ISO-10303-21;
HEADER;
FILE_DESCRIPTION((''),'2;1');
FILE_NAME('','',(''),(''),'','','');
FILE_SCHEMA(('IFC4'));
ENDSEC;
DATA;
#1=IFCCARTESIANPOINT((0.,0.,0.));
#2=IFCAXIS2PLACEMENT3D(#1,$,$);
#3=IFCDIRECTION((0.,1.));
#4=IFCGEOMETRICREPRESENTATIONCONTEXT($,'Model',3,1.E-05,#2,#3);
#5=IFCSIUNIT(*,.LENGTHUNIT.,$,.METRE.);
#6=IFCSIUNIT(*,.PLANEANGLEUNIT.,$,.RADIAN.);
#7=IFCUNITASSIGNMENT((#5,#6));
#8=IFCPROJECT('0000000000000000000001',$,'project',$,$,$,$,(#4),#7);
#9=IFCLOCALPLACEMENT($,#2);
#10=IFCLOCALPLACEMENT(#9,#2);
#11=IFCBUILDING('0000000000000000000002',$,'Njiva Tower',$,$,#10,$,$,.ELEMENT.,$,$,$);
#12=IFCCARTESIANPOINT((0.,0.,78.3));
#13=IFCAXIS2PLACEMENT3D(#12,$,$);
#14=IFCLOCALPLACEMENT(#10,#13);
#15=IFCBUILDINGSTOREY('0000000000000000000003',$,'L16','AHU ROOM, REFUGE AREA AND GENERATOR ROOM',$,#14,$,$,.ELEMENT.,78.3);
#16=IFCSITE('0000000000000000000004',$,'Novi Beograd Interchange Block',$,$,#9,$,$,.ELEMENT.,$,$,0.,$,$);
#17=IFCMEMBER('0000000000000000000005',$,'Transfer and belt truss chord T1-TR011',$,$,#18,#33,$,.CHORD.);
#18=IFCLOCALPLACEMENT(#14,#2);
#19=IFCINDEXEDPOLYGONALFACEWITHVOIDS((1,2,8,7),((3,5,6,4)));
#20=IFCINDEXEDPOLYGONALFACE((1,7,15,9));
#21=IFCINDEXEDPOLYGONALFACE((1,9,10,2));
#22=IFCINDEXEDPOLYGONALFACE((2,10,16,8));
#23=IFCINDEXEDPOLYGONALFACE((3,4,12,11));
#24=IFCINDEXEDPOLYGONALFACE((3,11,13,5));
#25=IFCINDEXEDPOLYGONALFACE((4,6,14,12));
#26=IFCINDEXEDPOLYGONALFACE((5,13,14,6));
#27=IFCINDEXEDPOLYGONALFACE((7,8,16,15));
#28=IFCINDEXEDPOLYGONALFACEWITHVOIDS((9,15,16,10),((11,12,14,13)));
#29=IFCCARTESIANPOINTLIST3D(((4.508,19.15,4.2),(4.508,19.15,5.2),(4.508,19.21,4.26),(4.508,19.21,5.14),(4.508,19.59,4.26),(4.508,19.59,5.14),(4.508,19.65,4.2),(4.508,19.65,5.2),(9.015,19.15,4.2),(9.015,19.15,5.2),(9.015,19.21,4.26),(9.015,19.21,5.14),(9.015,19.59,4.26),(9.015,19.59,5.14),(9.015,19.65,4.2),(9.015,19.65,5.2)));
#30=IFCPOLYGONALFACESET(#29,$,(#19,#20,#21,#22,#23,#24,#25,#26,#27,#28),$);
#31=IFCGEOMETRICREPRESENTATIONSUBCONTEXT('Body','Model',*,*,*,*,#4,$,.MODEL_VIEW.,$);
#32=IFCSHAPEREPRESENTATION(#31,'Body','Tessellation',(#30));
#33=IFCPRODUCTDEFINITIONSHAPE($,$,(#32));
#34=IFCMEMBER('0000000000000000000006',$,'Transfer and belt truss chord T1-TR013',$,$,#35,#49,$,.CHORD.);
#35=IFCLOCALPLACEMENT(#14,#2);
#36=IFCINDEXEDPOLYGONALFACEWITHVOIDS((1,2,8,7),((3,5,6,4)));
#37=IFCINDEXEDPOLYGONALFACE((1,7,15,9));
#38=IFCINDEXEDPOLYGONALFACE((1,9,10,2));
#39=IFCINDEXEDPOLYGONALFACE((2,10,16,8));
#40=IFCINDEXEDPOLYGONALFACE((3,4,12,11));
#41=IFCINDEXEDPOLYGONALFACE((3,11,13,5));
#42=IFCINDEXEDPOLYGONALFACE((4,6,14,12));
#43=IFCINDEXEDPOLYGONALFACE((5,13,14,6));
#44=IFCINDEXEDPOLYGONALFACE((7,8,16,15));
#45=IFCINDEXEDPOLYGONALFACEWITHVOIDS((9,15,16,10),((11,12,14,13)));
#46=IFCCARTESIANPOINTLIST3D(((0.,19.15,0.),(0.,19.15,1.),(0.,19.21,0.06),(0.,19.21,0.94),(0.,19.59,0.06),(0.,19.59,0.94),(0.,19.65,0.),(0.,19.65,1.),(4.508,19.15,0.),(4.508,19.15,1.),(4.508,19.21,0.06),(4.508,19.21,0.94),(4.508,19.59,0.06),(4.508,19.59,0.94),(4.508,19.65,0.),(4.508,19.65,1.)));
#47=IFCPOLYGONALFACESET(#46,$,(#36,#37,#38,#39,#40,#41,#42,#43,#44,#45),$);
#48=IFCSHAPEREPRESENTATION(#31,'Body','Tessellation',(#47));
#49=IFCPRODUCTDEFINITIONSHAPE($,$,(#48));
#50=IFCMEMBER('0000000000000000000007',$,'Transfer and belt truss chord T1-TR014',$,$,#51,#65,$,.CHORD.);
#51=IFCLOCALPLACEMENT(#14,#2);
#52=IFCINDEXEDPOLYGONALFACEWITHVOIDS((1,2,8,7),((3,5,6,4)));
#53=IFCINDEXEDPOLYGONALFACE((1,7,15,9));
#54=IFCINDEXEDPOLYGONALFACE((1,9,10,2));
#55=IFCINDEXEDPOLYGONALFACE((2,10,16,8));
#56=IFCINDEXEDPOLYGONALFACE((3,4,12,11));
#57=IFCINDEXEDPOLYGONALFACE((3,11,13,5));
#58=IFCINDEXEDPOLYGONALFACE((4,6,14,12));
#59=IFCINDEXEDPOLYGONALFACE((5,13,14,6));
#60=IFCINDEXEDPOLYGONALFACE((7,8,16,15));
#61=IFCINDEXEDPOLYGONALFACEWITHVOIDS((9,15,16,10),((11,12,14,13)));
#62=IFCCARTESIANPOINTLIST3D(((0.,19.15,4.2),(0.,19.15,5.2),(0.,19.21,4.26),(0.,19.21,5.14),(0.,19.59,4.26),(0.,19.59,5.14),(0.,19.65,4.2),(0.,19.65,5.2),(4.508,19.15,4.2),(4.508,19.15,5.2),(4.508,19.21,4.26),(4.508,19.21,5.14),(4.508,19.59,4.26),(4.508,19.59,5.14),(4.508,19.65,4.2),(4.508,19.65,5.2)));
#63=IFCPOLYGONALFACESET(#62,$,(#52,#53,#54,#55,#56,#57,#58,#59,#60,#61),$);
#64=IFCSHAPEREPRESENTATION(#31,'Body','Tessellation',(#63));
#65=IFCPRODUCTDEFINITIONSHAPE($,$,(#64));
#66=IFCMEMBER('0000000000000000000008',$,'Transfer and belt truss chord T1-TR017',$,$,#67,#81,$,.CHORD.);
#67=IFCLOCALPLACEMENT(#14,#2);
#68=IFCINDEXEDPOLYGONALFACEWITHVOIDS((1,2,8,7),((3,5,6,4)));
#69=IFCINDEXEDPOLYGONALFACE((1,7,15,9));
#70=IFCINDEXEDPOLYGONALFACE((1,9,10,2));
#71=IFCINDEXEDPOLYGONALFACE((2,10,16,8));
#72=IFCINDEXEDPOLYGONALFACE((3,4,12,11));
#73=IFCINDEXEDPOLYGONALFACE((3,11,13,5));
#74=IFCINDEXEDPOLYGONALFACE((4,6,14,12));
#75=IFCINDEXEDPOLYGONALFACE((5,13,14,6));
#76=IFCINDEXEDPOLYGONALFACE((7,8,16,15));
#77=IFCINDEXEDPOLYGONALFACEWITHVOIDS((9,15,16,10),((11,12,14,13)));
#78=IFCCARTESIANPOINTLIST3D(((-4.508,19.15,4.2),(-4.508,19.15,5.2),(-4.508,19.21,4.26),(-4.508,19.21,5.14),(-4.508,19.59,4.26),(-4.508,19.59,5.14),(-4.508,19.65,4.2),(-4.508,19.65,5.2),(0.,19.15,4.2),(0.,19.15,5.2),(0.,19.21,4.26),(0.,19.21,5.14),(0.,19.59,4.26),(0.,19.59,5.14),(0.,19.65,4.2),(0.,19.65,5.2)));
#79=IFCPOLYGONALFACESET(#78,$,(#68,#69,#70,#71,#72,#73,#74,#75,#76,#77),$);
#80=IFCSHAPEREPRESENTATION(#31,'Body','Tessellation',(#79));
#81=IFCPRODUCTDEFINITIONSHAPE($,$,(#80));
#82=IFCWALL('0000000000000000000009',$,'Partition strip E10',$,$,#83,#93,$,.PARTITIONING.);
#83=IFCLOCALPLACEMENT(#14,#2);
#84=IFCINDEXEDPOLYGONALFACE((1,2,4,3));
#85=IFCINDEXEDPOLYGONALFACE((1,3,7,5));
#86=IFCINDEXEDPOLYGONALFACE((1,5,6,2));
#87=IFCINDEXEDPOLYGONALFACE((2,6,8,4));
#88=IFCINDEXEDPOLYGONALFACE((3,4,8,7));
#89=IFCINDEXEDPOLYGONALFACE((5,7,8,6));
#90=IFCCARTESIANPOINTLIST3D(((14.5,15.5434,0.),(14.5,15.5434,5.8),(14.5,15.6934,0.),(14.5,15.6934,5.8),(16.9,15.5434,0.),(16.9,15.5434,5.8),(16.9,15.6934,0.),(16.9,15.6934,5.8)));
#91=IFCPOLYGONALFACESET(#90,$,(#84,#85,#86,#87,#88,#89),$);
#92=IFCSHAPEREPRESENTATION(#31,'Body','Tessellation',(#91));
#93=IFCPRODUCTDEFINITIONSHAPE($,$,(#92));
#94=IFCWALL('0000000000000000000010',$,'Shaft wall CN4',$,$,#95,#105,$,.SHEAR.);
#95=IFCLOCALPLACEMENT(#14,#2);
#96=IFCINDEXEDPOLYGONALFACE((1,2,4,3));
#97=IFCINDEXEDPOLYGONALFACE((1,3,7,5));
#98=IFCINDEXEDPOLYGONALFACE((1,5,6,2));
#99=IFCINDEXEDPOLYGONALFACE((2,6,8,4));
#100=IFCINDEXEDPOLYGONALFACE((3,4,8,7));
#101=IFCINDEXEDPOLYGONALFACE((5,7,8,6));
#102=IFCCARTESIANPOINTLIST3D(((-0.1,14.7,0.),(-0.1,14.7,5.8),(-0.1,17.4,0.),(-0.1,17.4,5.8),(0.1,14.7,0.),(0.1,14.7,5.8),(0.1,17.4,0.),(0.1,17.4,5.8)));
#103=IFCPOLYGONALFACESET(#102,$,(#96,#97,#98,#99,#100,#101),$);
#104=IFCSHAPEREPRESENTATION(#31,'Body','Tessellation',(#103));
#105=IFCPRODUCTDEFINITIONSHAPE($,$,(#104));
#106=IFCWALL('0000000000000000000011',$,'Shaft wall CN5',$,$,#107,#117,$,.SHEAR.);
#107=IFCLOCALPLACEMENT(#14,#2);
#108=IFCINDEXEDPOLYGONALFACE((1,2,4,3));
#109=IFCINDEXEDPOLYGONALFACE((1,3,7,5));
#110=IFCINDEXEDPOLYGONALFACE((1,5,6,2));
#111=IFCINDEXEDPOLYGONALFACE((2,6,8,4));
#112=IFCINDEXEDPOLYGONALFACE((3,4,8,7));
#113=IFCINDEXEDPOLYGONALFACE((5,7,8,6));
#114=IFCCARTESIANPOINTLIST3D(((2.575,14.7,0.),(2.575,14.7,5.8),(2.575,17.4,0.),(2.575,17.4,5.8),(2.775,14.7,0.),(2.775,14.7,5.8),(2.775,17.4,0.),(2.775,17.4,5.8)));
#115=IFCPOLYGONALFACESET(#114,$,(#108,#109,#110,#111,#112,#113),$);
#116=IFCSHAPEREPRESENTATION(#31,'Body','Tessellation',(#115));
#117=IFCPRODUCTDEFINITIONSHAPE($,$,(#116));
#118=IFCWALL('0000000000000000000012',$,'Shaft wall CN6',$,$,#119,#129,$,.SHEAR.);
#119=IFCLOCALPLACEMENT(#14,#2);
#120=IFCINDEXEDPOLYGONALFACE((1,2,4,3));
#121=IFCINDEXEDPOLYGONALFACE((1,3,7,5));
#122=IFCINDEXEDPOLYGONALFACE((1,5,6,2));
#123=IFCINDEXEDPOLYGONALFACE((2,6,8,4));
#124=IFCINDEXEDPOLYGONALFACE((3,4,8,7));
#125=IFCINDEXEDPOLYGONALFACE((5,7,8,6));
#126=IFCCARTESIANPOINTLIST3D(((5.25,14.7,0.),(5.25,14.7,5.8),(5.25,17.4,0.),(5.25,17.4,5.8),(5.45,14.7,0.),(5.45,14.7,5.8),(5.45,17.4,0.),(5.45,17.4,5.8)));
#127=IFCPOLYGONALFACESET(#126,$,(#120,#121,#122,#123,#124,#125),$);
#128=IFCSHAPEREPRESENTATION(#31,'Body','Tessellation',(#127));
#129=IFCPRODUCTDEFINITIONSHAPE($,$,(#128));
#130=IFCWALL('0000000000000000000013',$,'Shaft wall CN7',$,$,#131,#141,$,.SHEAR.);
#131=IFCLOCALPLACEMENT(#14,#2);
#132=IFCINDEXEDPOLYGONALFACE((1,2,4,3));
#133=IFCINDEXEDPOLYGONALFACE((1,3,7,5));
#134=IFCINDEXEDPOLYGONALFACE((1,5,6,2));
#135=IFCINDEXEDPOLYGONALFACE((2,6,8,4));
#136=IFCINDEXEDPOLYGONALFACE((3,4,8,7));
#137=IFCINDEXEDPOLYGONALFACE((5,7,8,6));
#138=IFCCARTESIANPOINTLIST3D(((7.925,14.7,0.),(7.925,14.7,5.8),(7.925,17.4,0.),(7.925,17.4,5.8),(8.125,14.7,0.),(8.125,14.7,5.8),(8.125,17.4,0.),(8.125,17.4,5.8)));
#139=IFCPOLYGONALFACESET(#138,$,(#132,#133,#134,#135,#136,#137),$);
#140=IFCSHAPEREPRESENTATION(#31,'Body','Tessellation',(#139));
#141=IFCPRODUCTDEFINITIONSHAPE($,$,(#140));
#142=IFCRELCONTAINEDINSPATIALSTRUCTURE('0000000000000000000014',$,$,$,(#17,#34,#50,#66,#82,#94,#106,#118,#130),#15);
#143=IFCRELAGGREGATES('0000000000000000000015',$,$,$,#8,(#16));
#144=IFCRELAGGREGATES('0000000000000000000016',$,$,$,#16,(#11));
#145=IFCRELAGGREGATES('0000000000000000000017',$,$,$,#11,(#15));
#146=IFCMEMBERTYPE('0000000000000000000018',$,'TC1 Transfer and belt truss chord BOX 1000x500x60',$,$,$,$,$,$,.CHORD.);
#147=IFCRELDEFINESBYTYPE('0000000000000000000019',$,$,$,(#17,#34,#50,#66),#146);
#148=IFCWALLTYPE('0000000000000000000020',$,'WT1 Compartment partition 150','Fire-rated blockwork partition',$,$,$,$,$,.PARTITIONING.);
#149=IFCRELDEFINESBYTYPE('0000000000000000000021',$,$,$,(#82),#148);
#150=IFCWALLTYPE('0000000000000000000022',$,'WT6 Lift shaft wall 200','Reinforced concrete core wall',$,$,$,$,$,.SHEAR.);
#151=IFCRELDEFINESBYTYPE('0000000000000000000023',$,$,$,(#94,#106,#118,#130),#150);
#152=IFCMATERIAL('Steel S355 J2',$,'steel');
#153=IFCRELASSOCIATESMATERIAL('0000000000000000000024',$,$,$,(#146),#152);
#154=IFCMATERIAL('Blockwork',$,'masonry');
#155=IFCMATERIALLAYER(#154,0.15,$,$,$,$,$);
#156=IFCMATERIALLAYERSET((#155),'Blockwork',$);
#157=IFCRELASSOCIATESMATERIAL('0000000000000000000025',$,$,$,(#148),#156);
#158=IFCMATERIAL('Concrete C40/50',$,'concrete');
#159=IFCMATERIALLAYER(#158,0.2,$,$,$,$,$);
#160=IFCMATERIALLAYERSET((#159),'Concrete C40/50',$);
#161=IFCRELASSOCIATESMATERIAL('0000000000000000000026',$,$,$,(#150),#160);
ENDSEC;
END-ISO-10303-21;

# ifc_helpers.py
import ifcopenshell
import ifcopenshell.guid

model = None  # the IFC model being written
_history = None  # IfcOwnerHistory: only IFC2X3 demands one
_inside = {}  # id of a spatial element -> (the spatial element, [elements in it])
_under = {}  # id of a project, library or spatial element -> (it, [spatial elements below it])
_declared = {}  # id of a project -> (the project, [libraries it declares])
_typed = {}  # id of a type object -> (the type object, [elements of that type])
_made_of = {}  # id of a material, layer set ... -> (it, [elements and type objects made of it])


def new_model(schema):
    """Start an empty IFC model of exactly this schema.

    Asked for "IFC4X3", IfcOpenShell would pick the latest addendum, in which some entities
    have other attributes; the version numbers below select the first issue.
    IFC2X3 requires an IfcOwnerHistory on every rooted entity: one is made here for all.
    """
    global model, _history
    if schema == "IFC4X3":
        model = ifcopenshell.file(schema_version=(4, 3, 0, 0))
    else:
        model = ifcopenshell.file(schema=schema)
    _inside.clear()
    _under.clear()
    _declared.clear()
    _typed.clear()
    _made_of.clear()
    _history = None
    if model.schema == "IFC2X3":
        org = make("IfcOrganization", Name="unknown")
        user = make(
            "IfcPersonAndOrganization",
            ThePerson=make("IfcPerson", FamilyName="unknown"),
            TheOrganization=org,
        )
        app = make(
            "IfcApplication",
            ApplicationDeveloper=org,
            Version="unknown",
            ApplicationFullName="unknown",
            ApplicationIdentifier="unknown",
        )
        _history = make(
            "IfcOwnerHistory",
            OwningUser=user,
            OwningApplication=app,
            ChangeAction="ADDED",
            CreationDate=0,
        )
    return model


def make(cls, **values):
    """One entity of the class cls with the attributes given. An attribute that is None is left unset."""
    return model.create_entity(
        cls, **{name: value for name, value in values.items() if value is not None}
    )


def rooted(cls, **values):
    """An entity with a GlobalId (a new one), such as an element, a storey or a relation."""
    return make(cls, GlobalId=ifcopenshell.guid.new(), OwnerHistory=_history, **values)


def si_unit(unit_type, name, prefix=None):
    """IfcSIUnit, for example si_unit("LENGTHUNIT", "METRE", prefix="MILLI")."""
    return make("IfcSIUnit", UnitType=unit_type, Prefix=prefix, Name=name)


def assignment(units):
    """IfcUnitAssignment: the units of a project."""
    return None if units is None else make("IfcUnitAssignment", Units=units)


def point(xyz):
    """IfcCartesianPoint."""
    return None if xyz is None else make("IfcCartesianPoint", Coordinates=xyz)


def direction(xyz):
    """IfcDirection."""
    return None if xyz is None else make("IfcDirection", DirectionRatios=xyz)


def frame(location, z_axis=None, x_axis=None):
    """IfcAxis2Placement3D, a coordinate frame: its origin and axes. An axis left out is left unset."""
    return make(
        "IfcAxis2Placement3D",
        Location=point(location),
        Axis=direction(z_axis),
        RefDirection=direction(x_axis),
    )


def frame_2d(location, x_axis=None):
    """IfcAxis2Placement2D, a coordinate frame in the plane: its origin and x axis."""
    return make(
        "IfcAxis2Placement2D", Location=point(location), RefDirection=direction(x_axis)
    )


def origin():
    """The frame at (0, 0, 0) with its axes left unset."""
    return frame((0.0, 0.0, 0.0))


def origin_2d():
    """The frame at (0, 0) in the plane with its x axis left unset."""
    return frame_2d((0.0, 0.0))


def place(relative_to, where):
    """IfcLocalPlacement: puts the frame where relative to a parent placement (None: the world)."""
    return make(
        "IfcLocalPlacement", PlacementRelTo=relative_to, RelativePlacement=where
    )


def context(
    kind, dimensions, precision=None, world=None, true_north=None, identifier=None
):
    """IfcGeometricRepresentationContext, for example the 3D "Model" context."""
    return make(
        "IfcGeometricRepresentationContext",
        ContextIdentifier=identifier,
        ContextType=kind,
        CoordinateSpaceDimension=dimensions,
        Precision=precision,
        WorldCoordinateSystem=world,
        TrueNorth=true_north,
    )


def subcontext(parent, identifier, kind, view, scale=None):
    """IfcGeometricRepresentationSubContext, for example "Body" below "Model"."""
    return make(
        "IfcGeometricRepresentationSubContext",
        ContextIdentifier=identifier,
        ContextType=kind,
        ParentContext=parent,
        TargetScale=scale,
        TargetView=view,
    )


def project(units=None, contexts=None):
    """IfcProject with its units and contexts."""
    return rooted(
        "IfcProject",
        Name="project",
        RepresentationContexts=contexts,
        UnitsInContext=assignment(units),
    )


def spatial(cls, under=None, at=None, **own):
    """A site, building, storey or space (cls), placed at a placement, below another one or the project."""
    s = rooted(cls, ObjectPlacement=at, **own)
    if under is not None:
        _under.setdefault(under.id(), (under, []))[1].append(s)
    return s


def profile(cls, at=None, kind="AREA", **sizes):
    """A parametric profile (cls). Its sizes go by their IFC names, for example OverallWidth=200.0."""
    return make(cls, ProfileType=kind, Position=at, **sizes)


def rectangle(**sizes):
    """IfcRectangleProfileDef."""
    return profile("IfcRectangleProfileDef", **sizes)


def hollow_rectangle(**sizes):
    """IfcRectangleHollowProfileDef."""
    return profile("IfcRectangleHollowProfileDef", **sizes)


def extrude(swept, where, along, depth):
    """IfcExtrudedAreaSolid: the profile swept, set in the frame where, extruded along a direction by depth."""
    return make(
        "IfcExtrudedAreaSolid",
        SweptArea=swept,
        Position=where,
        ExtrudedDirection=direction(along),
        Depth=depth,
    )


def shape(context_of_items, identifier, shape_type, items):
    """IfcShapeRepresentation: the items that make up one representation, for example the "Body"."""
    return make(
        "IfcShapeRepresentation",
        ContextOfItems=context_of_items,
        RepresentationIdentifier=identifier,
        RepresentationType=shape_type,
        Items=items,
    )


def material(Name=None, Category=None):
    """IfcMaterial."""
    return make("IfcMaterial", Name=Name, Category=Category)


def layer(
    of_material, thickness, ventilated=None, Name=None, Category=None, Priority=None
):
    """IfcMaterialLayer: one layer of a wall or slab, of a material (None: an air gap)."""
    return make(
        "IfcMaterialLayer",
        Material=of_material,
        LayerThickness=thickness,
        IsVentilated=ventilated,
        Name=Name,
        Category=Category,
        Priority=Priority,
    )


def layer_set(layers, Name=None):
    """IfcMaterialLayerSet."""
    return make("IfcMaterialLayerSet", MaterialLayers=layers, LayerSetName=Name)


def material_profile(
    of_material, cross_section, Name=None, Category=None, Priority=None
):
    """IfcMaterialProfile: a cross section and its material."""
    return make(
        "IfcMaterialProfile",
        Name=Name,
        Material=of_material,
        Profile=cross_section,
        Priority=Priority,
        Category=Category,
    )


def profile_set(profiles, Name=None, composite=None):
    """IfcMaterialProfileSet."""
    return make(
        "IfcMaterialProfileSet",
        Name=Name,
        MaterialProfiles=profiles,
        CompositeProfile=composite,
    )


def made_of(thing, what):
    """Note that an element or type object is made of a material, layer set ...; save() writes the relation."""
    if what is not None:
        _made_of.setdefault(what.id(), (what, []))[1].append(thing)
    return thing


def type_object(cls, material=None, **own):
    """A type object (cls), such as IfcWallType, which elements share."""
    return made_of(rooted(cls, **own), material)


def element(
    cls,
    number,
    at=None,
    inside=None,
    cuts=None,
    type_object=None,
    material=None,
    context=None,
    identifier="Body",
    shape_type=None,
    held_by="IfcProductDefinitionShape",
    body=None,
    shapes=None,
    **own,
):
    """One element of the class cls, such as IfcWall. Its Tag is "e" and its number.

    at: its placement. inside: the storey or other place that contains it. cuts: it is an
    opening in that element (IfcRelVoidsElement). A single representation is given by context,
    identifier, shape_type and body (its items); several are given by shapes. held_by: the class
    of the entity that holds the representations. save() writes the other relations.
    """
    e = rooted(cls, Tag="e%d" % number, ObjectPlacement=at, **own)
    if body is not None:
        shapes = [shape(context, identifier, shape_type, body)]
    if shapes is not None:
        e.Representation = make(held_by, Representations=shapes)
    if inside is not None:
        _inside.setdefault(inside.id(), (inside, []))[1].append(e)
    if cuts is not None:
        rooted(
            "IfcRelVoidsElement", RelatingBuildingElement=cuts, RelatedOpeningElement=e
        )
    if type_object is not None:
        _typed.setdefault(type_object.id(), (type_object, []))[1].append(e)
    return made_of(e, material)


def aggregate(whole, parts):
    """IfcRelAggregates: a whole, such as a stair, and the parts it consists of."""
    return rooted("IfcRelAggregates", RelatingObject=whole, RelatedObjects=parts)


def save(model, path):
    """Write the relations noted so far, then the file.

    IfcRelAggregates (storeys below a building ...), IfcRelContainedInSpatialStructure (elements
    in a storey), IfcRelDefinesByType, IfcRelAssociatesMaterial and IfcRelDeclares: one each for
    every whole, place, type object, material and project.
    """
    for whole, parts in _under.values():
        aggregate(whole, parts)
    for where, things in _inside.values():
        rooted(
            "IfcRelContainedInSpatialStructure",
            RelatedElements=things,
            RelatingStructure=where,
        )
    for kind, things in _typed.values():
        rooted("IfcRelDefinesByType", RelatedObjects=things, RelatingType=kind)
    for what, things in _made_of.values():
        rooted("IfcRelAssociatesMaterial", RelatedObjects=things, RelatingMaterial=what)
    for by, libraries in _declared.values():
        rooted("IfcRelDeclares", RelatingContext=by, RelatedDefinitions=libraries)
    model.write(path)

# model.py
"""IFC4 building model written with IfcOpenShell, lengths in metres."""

from ifc_helpers import new_model, si_unit, direction, frame, frame_2d, origin, origin_2d, place, context, subcontext, project, spatial, rectangle, hollow_rectangle, extrude, material, layer, layer_set, material_profile, profile_set, type_object, element, save


model = new_model("IFC4")

# Units and contexts
model_context = context("Model", 3, precision=1e-05, world=origin(), true_north=direction((0.0, 1.0)))
body_context = subcontext(model_context, "Body", "Model", "MODEL_VIEW")
ifc_project = project(units=[si_unit("LENGTHUNIT", "METRE"), si_unit("PLANEANGLEUNIT", "RADIAN")], contexts=[model_context])

# Site, building, storey
site_placement = place(None, origin())
site = spatial("IfcSite", under=ifc_project, at=site_placement, Name="Novi Beograd Interchange Block", CompositionType="ELEMENT", RefElevation=0.0)
building_placement = place(site_placement, origin())
building = spatial("IfcBuilding", under=site, at=building_placement, Name="Njiva Tower", CompositionType="ELEMENT")
storey_placement = place(building_placement, frame((0.0, 0.0, 78.3)))
storey = spatial("IfcBuildingStorey", under=building, at=storey_placement, Name="L16", Description="AHU ROOM, REFUGE AREA AND GENERATOR ROOM", CompositionType="ELEMENT", Elevation=78.3)

# Shared definitions
ifc_material_1 = material(Name="Steel S355 J2", Category="steel")

# Members
ifc_material_profile_1 = material_profile(ifc_material_1, hollow_rectangle(XDim=0.5, YDim=1.0, WallThickness=0.06, at=origin_2d()), Name="BOX 1000x500x60")
ifc_profile_set_1 = profile_set([ifc_material_profile_1], Name="Steel S355 J2")
member_type_1 = type_object("IfcMemberType", Name="TC1 Transfer and belt truss chord BOX 1000x500x60", PredefinedType="CHORD", material=ifc_profile_set_1)
for number, where, z_axis, x_axis, name in (
    (1, (9.015, 19.4, 4.7), (-1.0, 0.0, 0.0), (0.0, -1.0, 0.0), "Transfer and belt truss chord T1-TR011"),
):
    element("IfcMember", number, at=place(storey_placement, frame(where, z_axis=z_axis, x_axis=x_axis)), inside=storey, type_object=member_type_1, Name=name, PredefinedType="CHORD", context=body_context, shape_type="SweptSolid", body=[
        extrude(hollow_rectangle(XDim=0.5, YDim=1.0, WallThickness=0.06, at=origin_2d()), origin(), (0.0, 0.0, 1.0), 4.507),
    ])
for number, where, z_axis, x_axis, name in (
    (2, (4.508, 19.4, 0.5), (-1.0, 0.0, 0.0), (0.0, -1.0, 0.0), "Transfer and belt truss chord T1-TR013"),
    (3, (4.508, 19.4, 4.7), (-1.0, 0.0, 0.0), (0.0, -1.0, 0.0), "Transfer and belt truss chord T1-TR014"),
    (4, (0.0, 19.4, 4.7), (-1.0, 0.0, 0.0), (0.0, -1.0, 0.0), "Transfer and belt truss chord T1-TR017"),
):
    element("IfcMember", number, at=place(storey_placement, frame(where, z_axis=z_axis, x_axis=x_axis)), inside=storey, type_object=member_type_1, Name=name, PredefinedType="CHORD", context=body_context, shape_type="SweptSolid", body=[
        extrude(hollow_rectangle(XDim=0.5, YDim=1.0, WallThickness=0.06, at=origin_2d()), origin(), (0.0, 0.0, 1.0), 4.508),
    ])

# Walls
ifc_material_2 = material(Name="Blockwork", Category="masonry")
ifc_layer_1 = layer(ifc_material_2, 0.15)
ifc_layer_set_1 = layer_set([ifc_layer_1], Name="Blockwork")
wall_type_1 = type_object("IfcWallType", Name="WT1 Compartment partition 150", Description="Fire-rated blockwork partition", PredefinedType="PARTITIONING", material=ifc_layer_set_1)
wall_placement = place(storey_placement, frame((14.5, 15.6184, 0.0), z_axis=(0.0, 0.0, 1.0), x_axis=(1.0, 0.0, 0.0)))
element("IfcWall", 5, at=wall_placement, inside=storey, type_object=wall_type_1, Name="Partition strip E10", PredefinedType="PARTITIONING", context=body_context, shape_type="SweptSolid", body=[
    extrude(rectangle(XDim=2.4, YDim=0.15, at=frame_2d((1.2, 0.0))), origin(), (0.0, 0.0, 1.0), 5.8),
])
ifc_material_3 = material(Name="Concrete C40/50", Category="concrete")
ifc_layer_2 = layer(ifc_material_3, 0.2)
ifc_layer_set_2 = layer_set([ifc_layer_2], Name="Concrete C40/50")
wall_type_2 = type_object("IfcWallType", Name="WT6 Lift shaft wall 200", Description="Reinforced concrete core wall", PredefinedType="SHEAR", material=ifc_layer_set_2)
for number, where, z_axis, x_axis, name in (
    (6, (0.0, 14.7, 0.0), (0.0, 0.0, 1.0), (0.0, 1.0, 0.0), "Shaft wall CN4"),
    (7, (2.675, 14.7, 0.0), (0.0, 0.0, 1.0), (0.0, 1.0, 0.0), "Shaft wall CN5"),
    (8, (5.35, 14.7, 0.0), (0.0, 0.0, 1.0), (0.0, 1.0, 0.0), "Shaft wall CN6"),
    (9, (8.025, 14.7, 0.0), (0.0, 0.0, 1.0), (0.0, 1.0, 0.0), "Shaft wall CN7"),
):
    element("IfcWall", number, at=place(storey_placement, frame(where, z_axis=z_axis, x_axis=x_axis)), inside=storey, type_object=wall_type_2, Name=name, PredefinedType="SHEAR", context=body_context, shape_type="SweptSolid", body=[
        extrude(rectangle(XDim=2.7, YDim=0.2, at=frame_2d((1.35, 0.0))), origin(), (0.0, 0.0, 1.0), 5.8),
    ])

save(model, "model.ifc")
